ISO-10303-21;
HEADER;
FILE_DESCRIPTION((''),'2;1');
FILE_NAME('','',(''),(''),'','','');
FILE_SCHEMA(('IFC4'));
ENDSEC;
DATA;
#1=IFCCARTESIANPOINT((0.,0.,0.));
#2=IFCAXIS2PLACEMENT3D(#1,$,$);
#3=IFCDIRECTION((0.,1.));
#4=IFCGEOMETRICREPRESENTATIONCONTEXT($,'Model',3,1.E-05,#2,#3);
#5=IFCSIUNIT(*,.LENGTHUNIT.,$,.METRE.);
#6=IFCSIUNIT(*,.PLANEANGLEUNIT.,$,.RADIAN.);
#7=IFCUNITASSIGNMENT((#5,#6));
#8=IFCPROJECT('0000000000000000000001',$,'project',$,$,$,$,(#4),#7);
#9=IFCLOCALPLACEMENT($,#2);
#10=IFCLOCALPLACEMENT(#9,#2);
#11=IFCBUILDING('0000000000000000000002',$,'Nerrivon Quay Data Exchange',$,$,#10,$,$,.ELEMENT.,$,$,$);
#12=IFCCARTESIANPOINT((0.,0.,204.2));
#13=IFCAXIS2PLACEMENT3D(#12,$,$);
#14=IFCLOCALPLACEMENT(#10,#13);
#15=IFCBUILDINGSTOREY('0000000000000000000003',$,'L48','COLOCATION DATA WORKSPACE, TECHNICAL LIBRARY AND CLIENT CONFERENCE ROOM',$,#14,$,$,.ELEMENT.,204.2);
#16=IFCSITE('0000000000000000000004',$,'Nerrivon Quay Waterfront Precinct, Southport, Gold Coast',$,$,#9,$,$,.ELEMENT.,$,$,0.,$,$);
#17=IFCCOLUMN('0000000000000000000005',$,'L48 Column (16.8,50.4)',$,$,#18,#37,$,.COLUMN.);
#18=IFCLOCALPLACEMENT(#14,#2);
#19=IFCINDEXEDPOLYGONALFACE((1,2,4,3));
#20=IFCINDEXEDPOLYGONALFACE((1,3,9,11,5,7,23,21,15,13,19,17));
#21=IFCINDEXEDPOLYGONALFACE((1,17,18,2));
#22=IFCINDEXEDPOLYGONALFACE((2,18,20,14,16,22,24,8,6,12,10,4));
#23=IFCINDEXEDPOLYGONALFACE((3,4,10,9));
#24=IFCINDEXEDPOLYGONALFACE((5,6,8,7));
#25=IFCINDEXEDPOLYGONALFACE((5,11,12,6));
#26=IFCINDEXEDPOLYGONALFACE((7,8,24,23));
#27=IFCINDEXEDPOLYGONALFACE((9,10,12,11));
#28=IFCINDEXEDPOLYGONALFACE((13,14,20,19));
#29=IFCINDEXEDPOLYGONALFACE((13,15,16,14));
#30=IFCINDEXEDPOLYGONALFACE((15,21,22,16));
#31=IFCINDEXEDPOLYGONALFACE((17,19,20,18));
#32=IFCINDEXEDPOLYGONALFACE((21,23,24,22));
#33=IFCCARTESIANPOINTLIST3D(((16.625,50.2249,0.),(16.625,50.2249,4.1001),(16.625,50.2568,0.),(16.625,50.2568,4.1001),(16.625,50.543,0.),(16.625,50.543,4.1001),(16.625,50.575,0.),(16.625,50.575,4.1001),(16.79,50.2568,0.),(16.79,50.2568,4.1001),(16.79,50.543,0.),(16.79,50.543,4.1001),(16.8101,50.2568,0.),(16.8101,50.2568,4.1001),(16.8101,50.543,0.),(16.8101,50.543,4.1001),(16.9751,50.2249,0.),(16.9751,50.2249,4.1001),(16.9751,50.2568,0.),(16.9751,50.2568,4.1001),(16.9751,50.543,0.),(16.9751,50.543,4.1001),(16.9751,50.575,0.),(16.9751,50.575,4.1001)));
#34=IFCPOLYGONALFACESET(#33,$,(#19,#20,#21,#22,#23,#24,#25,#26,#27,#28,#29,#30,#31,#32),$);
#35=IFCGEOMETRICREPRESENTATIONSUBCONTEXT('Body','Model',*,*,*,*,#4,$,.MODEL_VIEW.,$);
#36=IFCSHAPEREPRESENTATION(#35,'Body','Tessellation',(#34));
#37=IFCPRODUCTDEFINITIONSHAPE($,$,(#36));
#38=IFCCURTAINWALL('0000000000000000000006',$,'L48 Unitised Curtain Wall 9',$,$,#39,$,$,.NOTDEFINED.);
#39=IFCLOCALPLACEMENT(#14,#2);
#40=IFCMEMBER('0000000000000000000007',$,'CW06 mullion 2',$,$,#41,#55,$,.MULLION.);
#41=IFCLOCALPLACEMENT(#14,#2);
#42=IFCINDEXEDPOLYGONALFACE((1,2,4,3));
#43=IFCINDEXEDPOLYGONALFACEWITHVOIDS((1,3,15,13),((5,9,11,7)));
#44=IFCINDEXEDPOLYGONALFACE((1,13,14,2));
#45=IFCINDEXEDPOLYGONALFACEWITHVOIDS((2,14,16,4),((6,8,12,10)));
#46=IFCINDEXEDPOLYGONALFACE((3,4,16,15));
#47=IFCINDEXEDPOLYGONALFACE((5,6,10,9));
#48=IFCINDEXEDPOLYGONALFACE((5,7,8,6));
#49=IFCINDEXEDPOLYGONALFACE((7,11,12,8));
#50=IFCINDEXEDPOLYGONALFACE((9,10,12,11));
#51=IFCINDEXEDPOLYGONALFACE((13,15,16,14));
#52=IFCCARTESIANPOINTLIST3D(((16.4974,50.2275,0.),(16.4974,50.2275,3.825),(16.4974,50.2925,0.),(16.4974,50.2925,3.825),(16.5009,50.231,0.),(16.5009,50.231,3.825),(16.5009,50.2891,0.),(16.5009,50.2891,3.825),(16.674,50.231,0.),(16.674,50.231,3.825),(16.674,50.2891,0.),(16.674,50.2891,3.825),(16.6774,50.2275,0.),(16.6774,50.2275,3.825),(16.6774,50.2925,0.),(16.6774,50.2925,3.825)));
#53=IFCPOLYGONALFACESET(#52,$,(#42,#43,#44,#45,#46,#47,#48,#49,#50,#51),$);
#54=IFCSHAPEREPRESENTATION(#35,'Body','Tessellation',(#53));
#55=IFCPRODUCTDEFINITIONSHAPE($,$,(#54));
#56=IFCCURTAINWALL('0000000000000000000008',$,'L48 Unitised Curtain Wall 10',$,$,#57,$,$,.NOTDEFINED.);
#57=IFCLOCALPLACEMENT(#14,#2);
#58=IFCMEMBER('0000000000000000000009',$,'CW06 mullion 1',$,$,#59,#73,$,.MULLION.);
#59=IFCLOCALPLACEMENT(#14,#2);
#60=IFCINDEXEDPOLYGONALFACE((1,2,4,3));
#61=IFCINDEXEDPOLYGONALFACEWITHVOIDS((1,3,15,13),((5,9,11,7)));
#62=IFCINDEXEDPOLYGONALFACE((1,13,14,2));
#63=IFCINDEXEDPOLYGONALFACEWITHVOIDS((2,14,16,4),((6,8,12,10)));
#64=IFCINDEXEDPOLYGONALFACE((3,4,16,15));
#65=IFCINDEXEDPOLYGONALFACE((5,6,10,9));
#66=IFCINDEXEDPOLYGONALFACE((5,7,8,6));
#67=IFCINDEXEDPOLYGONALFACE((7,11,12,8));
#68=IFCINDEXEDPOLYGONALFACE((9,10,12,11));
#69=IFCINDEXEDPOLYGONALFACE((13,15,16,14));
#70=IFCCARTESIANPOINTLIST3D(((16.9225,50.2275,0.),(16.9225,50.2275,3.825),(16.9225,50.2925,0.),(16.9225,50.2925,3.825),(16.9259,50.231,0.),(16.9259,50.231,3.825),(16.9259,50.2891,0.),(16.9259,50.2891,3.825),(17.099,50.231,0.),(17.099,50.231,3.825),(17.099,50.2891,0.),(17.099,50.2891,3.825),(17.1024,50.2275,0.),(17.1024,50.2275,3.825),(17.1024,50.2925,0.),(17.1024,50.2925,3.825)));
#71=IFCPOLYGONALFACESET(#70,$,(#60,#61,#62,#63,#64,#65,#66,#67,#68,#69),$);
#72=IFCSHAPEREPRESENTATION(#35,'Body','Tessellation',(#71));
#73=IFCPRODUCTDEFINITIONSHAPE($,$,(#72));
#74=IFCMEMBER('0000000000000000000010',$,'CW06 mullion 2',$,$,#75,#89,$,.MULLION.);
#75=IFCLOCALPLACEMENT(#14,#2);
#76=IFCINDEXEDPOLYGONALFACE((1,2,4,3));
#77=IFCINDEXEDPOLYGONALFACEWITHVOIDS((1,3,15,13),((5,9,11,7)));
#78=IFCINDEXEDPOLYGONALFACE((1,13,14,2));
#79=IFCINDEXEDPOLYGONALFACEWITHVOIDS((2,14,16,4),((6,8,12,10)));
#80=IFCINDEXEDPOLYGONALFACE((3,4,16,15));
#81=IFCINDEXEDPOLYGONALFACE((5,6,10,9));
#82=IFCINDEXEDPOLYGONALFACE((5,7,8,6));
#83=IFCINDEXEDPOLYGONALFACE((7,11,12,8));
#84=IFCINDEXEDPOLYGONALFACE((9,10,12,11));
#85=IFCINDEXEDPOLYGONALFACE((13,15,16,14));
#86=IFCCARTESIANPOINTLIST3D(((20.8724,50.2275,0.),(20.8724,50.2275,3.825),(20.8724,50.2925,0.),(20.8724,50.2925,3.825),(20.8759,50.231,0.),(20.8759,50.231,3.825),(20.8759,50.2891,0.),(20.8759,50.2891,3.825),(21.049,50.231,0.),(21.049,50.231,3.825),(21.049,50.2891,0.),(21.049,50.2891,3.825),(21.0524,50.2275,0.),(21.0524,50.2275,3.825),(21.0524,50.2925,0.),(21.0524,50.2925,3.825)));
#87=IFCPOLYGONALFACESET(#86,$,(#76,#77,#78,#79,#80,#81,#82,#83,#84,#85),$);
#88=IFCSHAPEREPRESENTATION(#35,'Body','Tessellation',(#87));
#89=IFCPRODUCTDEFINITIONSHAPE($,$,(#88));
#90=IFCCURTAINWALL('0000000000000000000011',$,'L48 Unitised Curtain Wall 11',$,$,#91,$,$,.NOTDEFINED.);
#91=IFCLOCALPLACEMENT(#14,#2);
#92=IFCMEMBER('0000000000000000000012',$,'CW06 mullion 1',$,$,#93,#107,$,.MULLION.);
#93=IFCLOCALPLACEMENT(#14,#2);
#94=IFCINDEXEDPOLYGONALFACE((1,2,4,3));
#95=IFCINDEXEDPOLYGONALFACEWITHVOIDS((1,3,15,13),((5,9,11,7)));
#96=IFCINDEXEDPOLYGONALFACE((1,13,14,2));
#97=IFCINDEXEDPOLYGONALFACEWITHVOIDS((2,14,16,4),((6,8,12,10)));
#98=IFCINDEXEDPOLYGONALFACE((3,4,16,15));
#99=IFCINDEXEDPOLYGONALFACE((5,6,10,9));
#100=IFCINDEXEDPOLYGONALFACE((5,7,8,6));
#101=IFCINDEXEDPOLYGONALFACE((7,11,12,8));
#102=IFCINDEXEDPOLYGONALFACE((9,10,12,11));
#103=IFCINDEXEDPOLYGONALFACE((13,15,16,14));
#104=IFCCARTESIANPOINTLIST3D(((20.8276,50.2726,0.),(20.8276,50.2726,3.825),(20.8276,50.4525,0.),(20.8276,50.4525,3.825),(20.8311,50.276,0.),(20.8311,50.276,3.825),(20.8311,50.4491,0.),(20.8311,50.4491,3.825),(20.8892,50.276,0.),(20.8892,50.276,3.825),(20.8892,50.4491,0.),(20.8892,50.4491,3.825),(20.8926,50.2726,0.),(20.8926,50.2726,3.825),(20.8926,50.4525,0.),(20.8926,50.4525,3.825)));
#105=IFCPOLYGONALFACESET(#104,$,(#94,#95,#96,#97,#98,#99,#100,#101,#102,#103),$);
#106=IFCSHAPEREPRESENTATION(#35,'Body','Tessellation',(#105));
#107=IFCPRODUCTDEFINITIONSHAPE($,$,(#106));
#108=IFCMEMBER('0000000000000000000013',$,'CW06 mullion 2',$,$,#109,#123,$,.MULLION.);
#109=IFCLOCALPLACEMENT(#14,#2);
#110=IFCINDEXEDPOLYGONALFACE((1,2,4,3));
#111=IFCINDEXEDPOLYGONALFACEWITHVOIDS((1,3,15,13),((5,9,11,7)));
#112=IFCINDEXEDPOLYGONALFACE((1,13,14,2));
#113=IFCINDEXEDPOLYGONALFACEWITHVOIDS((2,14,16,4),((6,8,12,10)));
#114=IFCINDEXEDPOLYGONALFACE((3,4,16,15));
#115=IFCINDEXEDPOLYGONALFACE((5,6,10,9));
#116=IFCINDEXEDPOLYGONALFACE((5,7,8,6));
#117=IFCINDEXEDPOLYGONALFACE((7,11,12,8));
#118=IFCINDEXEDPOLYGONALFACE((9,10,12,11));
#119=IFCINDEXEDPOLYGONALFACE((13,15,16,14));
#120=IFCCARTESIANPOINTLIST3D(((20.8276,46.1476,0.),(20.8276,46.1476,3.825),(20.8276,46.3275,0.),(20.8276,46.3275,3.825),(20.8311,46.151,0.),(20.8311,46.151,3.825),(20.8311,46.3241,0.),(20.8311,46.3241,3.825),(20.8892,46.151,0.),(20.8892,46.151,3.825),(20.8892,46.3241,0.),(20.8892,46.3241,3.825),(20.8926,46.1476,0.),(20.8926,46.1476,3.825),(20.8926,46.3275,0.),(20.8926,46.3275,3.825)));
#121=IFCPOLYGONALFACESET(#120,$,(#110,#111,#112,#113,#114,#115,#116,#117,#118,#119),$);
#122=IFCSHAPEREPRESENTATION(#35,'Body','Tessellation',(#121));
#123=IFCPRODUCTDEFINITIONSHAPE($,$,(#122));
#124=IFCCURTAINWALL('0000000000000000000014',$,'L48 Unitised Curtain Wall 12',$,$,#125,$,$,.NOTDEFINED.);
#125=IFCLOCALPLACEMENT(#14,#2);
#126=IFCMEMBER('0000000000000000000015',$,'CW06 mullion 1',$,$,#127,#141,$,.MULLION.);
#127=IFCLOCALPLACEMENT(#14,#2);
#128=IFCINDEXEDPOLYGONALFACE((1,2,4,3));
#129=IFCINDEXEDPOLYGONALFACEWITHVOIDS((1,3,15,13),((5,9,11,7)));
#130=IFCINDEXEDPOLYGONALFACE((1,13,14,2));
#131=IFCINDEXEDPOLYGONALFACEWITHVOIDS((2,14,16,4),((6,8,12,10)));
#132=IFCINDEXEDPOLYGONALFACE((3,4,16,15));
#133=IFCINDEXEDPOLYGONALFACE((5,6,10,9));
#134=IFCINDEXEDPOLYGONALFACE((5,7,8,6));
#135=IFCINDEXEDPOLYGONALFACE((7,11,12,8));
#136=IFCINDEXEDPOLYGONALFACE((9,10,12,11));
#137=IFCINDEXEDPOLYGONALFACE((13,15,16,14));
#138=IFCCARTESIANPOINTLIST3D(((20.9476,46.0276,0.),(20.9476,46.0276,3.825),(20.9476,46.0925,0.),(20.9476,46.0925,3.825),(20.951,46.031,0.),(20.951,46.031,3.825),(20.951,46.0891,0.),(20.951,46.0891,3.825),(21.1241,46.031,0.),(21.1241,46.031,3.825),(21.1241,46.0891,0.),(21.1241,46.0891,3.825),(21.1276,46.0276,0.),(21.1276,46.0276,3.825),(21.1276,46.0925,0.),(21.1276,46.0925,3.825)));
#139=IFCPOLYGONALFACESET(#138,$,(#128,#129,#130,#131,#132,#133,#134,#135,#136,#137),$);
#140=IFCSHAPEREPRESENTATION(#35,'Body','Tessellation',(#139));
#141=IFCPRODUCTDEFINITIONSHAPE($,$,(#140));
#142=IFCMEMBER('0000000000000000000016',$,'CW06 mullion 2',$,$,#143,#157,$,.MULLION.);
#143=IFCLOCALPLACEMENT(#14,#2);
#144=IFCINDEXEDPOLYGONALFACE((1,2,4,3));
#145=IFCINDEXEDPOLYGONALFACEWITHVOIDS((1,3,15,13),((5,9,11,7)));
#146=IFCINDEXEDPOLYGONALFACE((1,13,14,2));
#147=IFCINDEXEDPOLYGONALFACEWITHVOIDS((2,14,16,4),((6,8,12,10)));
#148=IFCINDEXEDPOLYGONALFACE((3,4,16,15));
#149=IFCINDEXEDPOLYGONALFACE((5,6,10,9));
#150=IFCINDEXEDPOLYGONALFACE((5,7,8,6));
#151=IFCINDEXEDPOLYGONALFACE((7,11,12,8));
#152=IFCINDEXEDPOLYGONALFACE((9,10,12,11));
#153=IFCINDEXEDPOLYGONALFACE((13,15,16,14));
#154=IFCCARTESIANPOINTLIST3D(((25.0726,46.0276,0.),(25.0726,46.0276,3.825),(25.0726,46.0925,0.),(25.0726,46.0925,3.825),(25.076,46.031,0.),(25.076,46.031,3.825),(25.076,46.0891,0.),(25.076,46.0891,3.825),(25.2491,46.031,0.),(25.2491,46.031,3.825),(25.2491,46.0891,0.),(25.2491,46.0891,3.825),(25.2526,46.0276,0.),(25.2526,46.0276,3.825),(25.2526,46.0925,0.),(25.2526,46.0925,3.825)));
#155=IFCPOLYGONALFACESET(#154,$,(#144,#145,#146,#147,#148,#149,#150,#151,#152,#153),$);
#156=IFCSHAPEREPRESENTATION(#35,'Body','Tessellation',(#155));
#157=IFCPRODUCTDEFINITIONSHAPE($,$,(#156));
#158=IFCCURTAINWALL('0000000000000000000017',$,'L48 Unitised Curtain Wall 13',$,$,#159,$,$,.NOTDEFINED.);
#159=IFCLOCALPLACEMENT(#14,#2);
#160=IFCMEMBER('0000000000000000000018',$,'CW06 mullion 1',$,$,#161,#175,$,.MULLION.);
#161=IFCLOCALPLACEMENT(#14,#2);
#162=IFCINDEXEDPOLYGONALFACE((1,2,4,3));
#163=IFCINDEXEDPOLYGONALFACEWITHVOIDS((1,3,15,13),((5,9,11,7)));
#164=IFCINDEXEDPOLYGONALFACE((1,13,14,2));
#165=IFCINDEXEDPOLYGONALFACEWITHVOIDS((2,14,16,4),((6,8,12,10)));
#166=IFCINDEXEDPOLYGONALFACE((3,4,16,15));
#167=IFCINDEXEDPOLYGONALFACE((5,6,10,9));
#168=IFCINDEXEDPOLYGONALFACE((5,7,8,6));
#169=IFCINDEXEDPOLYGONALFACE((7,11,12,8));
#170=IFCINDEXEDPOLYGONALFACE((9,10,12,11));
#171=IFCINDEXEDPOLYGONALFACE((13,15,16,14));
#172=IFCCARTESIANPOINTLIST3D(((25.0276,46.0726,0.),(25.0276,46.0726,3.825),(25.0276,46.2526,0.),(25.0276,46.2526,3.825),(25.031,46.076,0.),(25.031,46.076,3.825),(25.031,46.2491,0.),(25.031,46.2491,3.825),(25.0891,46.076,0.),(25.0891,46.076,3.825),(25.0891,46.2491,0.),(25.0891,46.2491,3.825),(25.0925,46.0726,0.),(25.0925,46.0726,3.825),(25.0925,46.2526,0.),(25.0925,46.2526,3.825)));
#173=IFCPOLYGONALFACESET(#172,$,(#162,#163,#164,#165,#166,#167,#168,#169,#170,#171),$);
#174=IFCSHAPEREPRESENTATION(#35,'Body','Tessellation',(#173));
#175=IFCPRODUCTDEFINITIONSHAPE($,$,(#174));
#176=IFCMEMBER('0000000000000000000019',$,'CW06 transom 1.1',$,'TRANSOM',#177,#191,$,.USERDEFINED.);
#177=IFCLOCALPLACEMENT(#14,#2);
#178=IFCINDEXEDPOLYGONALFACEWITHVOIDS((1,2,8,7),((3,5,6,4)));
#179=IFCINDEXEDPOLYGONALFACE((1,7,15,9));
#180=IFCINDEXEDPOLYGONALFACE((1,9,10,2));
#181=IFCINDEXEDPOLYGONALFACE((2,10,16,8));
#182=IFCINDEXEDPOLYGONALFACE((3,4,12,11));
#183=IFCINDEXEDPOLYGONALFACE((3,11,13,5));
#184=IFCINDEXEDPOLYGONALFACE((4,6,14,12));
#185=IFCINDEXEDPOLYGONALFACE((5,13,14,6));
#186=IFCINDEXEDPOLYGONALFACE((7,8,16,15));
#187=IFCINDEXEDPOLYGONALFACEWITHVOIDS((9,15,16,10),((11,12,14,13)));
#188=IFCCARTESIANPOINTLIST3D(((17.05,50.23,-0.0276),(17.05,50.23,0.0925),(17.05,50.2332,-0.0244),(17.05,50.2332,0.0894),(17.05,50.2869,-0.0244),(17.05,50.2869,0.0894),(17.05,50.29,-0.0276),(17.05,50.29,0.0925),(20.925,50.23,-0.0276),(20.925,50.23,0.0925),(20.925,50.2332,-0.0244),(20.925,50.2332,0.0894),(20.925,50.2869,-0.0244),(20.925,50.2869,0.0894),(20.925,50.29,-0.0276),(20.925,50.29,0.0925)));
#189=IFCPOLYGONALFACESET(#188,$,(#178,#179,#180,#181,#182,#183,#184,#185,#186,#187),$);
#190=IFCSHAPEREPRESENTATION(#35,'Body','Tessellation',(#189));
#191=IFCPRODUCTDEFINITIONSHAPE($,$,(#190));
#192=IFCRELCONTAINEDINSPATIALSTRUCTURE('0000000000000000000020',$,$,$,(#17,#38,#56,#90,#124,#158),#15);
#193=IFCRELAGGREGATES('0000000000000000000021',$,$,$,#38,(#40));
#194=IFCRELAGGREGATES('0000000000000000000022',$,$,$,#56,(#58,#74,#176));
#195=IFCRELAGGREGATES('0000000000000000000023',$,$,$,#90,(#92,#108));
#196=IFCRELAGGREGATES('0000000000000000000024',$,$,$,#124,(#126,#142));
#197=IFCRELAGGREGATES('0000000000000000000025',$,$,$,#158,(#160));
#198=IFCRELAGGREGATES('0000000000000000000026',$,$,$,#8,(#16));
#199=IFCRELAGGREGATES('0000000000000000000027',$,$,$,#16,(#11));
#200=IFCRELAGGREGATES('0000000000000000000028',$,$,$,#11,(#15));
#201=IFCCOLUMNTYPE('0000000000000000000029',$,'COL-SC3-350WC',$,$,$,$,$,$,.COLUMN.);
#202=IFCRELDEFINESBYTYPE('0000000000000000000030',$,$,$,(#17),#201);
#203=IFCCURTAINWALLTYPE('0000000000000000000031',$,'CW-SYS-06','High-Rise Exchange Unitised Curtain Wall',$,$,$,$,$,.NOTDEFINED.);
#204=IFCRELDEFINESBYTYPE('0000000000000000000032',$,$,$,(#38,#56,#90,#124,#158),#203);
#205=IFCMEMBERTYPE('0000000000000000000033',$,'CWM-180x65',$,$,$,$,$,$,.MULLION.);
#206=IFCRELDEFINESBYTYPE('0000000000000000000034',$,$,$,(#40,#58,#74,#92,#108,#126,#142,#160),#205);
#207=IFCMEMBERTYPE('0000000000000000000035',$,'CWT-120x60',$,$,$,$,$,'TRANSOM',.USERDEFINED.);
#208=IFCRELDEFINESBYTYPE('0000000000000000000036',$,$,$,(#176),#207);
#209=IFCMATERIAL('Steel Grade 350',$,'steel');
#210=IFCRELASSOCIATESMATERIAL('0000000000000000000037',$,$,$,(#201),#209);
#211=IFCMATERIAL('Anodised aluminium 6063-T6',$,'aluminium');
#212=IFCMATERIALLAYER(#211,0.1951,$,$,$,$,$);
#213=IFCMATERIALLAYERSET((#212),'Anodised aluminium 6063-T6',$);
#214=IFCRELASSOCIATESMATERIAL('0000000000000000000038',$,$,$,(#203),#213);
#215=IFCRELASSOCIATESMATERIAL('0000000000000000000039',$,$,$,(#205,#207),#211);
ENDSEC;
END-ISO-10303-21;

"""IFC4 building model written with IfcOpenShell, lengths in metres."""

from ifc_helpers import new_model, si_unit, direction, frame, origin, origin_2d, place, context, subcontext, project, spatial, hollow_rectangle, i_section, extrude, material, layer, layer_set, material_profile, profile_set, type_object, element, aggregate, save


model = new_model("IFC4")

# Units and contexts
model_context = context("Model", 3, precision=1e-05, world=origin(), true_north=direction((0.0, 1.0)))
body_context = subcontext(model_context, "Body", "Model", "MODEL_VIEW")
ifc_project = project(units=[si_unit("LENGTHUNIT", "METRE"), si_unit("PLANEANGLEUNIT", "RADIAN")], contexts=[model_context])

# Site, building, storey
site_placement = place(None, origin())
site = spatial("IfcSite", under=ifc_project, at=site_placement, Name="Nerrivon Quay Waterfront Precinct, Southport, Gold Coast", CompositionType="ELEMENT", RefElevation=0.0)
building_placement = place(site_placement, origin())
building = spatial("IfcBuilding", under=site, at=building_placement, Name="Nerrivon Quay Data Exchange", CompositionType="ELEMENT")
storey_placement = place(building_placement, frame((0.0, 0.0, 204.2)))
storey = spatial("IfcBuildingStorey", under=building, at=storey_placement, Name="L48", Description="COLOCATION DATA WORKSPACE, TECHNICAL LIBRARY AND CLIENT CONFERENCE ROOM", CompositionType="ELEMENT", Elevation=204.2)

# Column
ifc_material_1 = material(Name="Steel Grade 350", Category="steel")
ifc_material_profile_1 = material_profile(ifc_material_1, i_section(OverallWidth=0.3501, OverallDepth=0.3501, WebThickness=0.02, FlangeThickness=0.032, at=origin_2d()), Name="350WC230")
ifc_profile_set_1 = profile_set([ifc_material_profile_1], Name="Steel Grade 350")
column_type = type_object("IfcColumnType", Name="COL-SC3-350WC", PredefinedType="COLUMN", material=ifc_profile_set_1)
column_placement = place(storey_placement, frame((16.8, 50.3999, 0.0), z_axis=(0.0, 0.0, 1.0), x_axis=(1.0, 0.0, 0.0)))
element("IfcColumn", 1, at=column_placement, inside=storey, type_object=column_type, Name="L48 Column (16.8,50.4)", PredefinedType="COLUMN", context=body_context, shape_type="SweptSolid", body=[
    extrude(i_section(OverallWidth=0.3501, OverallDepth=0.3501, WebThickness=0.02, FlangeThickness=0.032, at=origin_2d()), origin(), (0.0, 0.0, 1.0), 4.1001),
])

# Curtain wall, member
ifc_material_2 = material(Name="Anodised aluminium 6063-T6", Category="aluminium")
ifc_layer_1 = layer(ifc_material_2, 0.1951)
ifc_layer_set_1 = layer_set([ifc_layer_1], Name="Anodised aluminium 6063-T6")
curtain_wall_type = type_object("IfcCurtainWallType", Name="CW-SYS-06", Description="High-Rise Exchange Unitised Curtain Wall", PredefinedType="NOTDEFINED", material=ifc_layer_set_1)
curtain_wall_1_placement = place(storey_placement, origin())
curtain_wall_1 = element("IfcCurtainWall", 2, at=curtain_wall_1_placement, inside=storey, type_object=curtain_wall_type, Name="L48 Unitised Curtain Wall 9", PredefinedType="NOTDEFINED")
ifc_material_profile_2 = material_profile(ifc_material_2, hollow_rectangle(XDim=0.0649, YDim=0.1799, WallThickness=0.0034, at=origin_2d()), Name="ALU-MULL-180x65")
ifc_profile_set_2 = profile_set([ifc_material_profile_2], Name="Anodised aluminium 6063-T6")
member_type_1 = type_object("IfcMemberType", Name="CWM-180x65", PredefinedType="MULLION", material=ifc_profile_set_2)
member_1_placement = place(storey_placement, frame((16.5874, 50.26, 0.0), z_axis=(0.0, 0.0, 1.0), x_axis=(0.0, 1.0, 0.0)))
member_1 = element("IfcMember", 3, at=member_1_placement, type_object=member_type_1, Name="CW06 mullion 2", PredefinedType="MULLION", context=body_context, shape_type="SweptSolid", body=[
    extrude(hollow_rectangle(XDim=0.0649, YDim=0.1799, WallThickness=0.0034, at=origin_2d()), origin(), (0.0, 0.0, 1.0), 3.825),
])
aggregate(curtain_wall_1, [member_1])

# Curtain walls, members
curtain_wall_2_placement = place(storey_placement, origin())
curtain_wall_2 = element("IfcCurtainWall", 4, at=curtain_wall_2_placement, inside=storey, type_object=curtain_wall_type, Name="L48 Unitised Curtain Wall 10", PredefinedType="NOTDEFINED")
member_2_placement = place(storey_placement, frame((17.0125, 50.26, 0.0), z_axis=(0.0, 0.0, 1.0), x_axis=(0.0, 1.0, 0.0)))
member_2 = element("IfcMember", 5, at=member_2_placement, type_object=member_type_1, Name="CW06 mullion 1", PredefinedType="MULLION", context=body_context, shape_type="SweptSolid", body=[
    extrude(hollow_rectangle(XDim=0.0649, YDim=0.1799, WallThickness=0.0034, at=origin_2d()), origin(), (0.0, 0.0, 1.0), 3.825),
])
member_3_placement = place(storey_placement, frame((20.9624, 50.26, 0.0), z_axis=(0.0, 0.0, 1.0), x_axis=(0.0, 1.0, 0.0)))
member_3 = element("IfcMember", 6, at=member_3_placement, type_object=member_type_1, Name="CW06 mullion 2", PredefinedType="MULLION", context=body_context, shape_type="SweptSolid", body=[
    extrude(hollow_rectangle(XDim=0.0649, YDim=0.1799, WallThickness=0.0034, at=origin_2d()), origin(), (0.0, 0.0, 1.0), 3.825),
])
curtain_wall_3_placement = place(storey_placement, origin())
curtain_wall_3 = element("IfcCurtainWall", 7, at=curtain_wall_3_placement, inside=storey, type_object=curtain_wall_type, Name="L48 Unitised Curtain Wall 11", PredefinedType="NOTDEFINED")
member_4_placement = place(storey_placement, frame((20.8601, 50.3625, 0.0), z_axis=(0.0, 0.0, 1.0), x_axis=(1.0, 0.0, 0.0)))
member_4 = element("IfcMember", 8, at=member_4_placement, type_object=member_type_1, Name="CW06 mullion 1", PredefinedType="MULLION", context=body_context, shape_type="SweptSolid", body=[
    extrude(hollow_rectangle(XDim=0.0649, YDim=0.1799, WallThickness=0.0034, at=origin_2d()), origin(), (0.0, 0.0, 1.0), 3.825),
])
member_5_placement = place(storey_placement, frame((20.8601, 46.2375, 0.0), z_axis=(0.0, 0.0, 1.0), x_axis=(1.0, 0.0, 0.0)))
member_5 = element("IfcMember", 9, at=member_5_placement, type_object=member_type_1, Name="CW06 mullion 2", PredefinedType="MULLION", context=body_context, shape_type="SweptSolid", body=[
    extrude(hollow_rectangle(XDim=0.0649, YDim=0.1799, WallThickness=0.0034, at=origin_2d()), origin(), (0.0, 0.0, 1.0), 3.825),
])
curtain_wall_4_placement = place(storey_placement, origin())
curtain_wall_4 = element("IfcCurtainWall", 10, at=curtain_wall_4_placement, inside=storey, type_object=curtain_wall_type, Name="L48 Unitised Curtain Wall 12", PredefinedType="NOTDEFINED")
member_6_placement = place(storey_placement, frame((21.0376, 46.0601, 0.0), z_axis=(0.0, 0.0, 1.0), x_axis=(0.0, 1.0, 0.0)))
member_6 = element("IfcMember", 11, at=member_6_placement, type_object=member_type_1, Name="CW06 mullion 1", PredefinedType="MULLION", context=body_context, shape_type="SweptSolid", body=[
    extrude(hollow_rectangle(XDim=0.0649, YDim=0.1799, WallThickness=0.0034, at=origin_2d()), origin(), (0.0, 0.0, 1.0), 3.825),
])
member_7_placement = place(storey_placement, frame((25.1626, 46.0601, 0.0), z_axis=(0.0, 0.0, 1.0), x_axis=(0.0, 1.0, 0.0)))
member_7 = element("IfcMember", 12, at=member_7_placement, type_object=member_type_1, Name="CW06 mullion 2", PredefinedType="MULLION", context=body_context, shape_type="SweptSolid", body=[
    extrude(hollow_rectangle(XDim=0.0649, YDim=0.1799, WallThickness=0.0034, at=origin_2d()), origin(), (0.0, 0.0, 1.0), 3.825),
])

# Curtain wall, member
curtain_wall_5_placement = place(storey_placement, origin())
curtain_wall_5 = element("IfcCurtainWall", 13, at=curtain_wall_5_placement, inside=storey, type_object=curtain_wall_type, Name="L48 Unitised Curtain Wall 13", PredefinedType="NOTDEFINED")
member_8_placement = place(storey_placement, frame((25.0601, 46.1626, 0.0), z_axis=(0.0, 0.0, 1.0), x_axis=(1.0, 0.0, 0.0)))
member_8 = element("IfcMember", 14, at=member_8_placement, type_object=member_type_1, Name="CW06 mullion 1", PredefinedType="MULLION", context=body_context, shape_type="SweptSolid", body=[
    extrude(hollow_rectangle(XDim=0.0649, YDim=0.1799, WallThickness=0.0034, at=origin_2d()), origin(), (0.0, 0.0, 1.0), 3.825),
])

# Member
ifc_material_profile_3 = material_profile(ifc_material_2, hollow_rectangle(XDim=0.0601, YDim=0.1201, WallThickness=0.0032, at=origin_2d()), Name="ALU-TRAN-120x60")
ifc_profile_set_3 = profile_set([ifc_material_profile_3], Name="Anodised aluminium 6063-T6")
member_type_2 = type_object("IfcMemberType", Name="CWT-120x60", ElementType="TRANSOM", PredefinedType="USERDEFINED", material=ifc_profile_set_3)
member_9_placement = place(storey_placement, frame((17.05, 50.26, 0.0325), z_axis=(1.0, 0.0, 0.0), x_axis=(0.0, 1.0, 0.0)))
member_9 = element("IfcMember", 15, at=member_9_placement, type_object=member_type_2, Name="CW06 transom 1.1", ObjectType="TRANSOM", PredefinedType="USERDEFINED", context=body_context, shape_type="SweptSolid", body=[
    extrude(hollow_rectangle(XDim=0.0601, YDim=0.1201, WallThickness=0.0032, at=origin_2d()), origin(), (0.0, 0.0, 1.0), 3.875),
])

aggregate(curtain_wall_2, [member_2, member_3, member_9])
aggregate(curtain_wall_3, [member_4, member_5])
aggregate(curtain_wall_4, [member_6, member_7])
aggregate(curtain_wall_5, [member_8])

save(model, "model.ifc")
